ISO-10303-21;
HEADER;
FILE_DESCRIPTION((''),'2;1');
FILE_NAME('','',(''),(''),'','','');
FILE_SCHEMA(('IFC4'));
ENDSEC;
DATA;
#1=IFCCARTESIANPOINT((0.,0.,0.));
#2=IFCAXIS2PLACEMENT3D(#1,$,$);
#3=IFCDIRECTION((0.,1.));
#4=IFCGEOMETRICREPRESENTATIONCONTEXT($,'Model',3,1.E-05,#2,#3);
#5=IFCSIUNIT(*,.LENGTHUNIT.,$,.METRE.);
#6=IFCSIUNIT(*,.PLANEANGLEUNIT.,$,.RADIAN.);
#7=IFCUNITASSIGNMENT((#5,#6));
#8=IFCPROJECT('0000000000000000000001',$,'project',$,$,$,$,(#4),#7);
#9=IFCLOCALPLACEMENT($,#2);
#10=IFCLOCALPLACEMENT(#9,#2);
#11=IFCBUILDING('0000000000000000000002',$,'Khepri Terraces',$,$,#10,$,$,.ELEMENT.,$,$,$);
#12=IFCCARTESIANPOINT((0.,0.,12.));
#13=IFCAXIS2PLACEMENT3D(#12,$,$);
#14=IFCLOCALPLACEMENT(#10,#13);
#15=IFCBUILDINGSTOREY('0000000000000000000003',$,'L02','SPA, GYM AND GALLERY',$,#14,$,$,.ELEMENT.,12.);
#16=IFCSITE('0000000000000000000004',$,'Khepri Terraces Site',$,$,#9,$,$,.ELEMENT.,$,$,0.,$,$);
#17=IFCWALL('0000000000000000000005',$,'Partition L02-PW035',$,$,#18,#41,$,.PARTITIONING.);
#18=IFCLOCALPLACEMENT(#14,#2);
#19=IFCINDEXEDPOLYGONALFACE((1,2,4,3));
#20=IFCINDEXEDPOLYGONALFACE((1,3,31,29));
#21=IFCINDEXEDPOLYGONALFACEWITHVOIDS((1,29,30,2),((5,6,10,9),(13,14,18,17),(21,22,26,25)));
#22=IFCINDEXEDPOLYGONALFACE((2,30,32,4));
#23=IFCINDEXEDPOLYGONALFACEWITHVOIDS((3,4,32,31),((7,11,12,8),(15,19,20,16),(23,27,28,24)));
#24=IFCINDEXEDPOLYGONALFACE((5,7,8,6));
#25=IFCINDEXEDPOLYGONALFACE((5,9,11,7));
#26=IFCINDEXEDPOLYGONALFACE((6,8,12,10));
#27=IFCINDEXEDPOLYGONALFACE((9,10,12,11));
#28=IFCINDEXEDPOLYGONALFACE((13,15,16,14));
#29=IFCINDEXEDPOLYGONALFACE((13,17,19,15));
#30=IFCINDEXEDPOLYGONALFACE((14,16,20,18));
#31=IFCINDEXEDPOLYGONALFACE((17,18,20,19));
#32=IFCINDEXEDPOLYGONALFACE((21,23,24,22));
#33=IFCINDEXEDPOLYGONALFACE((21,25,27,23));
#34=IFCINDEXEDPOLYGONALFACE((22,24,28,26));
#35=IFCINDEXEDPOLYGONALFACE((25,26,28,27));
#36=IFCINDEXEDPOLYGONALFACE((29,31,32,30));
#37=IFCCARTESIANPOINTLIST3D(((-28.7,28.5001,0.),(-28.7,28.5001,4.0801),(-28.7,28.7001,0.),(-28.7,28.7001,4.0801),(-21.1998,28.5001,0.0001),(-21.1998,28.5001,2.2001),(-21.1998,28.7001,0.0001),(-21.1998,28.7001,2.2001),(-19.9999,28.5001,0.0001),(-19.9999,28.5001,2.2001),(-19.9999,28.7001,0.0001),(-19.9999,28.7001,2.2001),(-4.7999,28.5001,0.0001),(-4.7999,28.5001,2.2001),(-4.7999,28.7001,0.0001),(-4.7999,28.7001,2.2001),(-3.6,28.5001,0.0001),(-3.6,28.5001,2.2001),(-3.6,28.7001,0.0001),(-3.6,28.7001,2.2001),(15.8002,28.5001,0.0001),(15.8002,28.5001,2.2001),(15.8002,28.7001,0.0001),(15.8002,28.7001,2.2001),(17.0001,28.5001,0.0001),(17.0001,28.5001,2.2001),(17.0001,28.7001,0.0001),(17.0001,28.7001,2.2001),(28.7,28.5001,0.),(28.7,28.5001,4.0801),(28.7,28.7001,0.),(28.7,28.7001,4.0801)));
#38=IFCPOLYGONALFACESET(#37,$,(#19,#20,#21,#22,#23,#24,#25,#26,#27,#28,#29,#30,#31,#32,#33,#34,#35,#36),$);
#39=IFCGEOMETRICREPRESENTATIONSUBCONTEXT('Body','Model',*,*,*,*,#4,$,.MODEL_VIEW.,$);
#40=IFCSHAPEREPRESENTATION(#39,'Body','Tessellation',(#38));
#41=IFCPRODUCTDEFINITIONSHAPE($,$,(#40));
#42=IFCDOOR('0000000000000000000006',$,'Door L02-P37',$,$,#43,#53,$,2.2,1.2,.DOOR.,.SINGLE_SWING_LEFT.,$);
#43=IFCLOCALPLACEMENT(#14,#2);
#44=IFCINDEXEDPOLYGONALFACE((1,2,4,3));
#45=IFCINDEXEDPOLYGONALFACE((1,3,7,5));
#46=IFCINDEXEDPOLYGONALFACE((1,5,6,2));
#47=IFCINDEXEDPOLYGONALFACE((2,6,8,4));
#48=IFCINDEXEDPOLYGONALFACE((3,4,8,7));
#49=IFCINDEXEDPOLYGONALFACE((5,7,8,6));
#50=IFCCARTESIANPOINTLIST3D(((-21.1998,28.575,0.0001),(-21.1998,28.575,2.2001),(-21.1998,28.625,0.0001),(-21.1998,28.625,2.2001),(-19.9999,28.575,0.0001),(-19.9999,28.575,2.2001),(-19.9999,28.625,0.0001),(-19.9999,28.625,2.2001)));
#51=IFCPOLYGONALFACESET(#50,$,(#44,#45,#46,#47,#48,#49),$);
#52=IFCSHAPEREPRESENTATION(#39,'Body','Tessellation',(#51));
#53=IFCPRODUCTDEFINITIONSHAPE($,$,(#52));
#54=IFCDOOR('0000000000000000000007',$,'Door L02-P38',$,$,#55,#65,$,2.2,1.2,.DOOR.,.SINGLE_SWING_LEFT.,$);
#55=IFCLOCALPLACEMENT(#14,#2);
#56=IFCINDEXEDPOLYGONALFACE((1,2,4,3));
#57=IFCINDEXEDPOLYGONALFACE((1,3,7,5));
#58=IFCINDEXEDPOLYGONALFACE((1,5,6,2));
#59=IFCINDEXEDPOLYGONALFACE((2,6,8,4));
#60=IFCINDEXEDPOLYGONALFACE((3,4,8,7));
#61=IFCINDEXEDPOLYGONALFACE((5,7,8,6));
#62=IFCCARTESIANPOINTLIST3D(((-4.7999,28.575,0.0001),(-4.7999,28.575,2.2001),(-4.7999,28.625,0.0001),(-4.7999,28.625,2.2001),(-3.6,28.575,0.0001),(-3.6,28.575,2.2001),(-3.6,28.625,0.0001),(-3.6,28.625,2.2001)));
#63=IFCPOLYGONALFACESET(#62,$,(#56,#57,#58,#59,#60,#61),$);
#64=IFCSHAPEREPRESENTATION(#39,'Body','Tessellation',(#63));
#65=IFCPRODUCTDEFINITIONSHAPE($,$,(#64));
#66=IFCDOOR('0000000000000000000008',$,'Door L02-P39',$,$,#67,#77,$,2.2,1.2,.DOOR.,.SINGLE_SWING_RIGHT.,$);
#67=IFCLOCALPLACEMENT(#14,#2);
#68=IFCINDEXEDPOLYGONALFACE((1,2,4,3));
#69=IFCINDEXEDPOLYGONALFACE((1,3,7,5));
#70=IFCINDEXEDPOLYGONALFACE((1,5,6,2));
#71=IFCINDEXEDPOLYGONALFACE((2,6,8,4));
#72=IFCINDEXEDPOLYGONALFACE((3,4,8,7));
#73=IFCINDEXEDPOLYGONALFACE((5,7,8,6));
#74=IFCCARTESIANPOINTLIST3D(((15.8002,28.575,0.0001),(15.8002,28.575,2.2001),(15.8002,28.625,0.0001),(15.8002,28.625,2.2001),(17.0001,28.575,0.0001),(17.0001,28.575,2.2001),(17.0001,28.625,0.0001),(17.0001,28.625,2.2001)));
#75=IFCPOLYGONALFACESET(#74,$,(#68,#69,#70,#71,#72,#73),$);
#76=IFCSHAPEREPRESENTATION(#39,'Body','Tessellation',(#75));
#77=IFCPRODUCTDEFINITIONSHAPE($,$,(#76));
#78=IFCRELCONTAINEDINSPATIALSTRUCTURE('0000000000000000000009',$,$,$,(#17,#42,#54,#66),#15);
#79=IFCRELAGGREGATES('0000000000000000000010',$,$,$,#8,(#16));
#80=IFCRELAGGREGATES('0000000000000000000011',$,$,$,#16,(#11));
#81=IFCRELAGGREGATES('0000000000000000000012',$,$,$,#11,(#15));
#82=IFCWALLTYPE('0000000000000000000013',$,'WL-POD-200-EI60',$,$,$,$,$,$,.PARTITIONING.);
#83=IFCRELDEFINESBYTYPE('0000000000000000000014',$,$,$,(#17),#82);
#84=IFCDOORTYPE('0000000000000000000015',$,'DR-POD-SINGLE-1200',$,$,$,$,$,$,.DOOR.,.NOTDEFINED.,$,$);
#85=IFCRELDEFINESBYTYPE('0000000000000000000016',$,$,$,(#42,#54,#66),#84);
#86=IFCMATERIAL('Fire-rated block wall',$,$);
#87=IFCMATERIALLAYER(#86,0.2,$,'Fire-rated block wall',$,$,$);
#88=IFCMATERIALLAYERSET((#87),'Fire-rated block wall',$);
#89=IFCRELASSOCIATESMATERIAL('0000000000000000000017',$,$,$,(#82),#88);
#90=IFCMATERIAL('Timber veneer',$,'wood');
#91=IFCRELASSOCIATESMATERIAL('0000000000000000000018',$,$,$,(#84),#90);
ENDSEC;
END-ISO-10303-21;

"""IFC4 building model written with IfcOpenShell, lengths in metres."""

from ifc_helpers import new_model, si_unit, direction, frame, frame_2d, origin, place, context, subcontext, project, spatial, rectangle, extrude, material, layer, layer_set, type_object, element, fill, save


model = new_model("IFC4")

# Units and contexts
model_context = context("Model", 3, precision=1e-05, world=origin(), true_north=direction((0.0, 1.0)))
body_context = subcontext(model_context, "Body", "Model", "MODEL_VIEW")
ifc_project = project(units=[si_unit("LENGTHUNIT", "METRE"), si_unit("PLANEANGLEUNIT", "RADIAN")], contexts=[model_context])

# Site, building, storey
site_placement = place(None, origin())
site = spatial("IfcSite", under=ifc_project, at=site_placement, Name="Khepri Terraces Site", CompositionType="ELEMENT", RefElevation=0.0)
building_placement = place(site_placement, origin())
building = spatial("IfcBuilding", under=site, at=building_placement, Name="Khepri Terraces", CompositionType="ELEMENT")
storey_placement = place(building_placement, frame((0.0, 0.0, 12.0)))
storey = spatial("IfcBuildingStorey", under=building, at=storey_placement, Name="L02", Description="SPA, GYM AND GALLERY", CompositionType="ELEMENT", Elevation=12.0)

# Wall, openings, doors
ifc_material_1 = material(Name="Fire-rated block wall")
ifc_layer_1 = layer(ifc_material_1, 0.2, Name="Fire-rated block wall")
ifc_layer_set_1 = layer_set([ifc_layer_1], Name="Fire-rated block wall")
wall_type_1 = type_object("IfcWallType", Name="WL-POD-200-EI60", PredefinedType="PARTITIONING", material=ifc_layer_set_1)
wall_1_placement = place(storey_placement, frame((-28.7, 28.6001, 0.0), z_axis=(0.0, 0.0, 1.0), x_axis=(1.0, 0.0, 0.0)))
wall_1 = element("IfcWall", 1, at=wall_1_placement, inside=storey, type_object=wall_type_1, Name="Partition L02-PW035", PredefinedType="PARTITIONING", context=body_context, shape_type="SweptSolid", body=[
    extrude(rectangle(XDim=57.3999, YDim=0.2, at=frame_2d((28.7, 0.0))), origin(), (0.0, 0.0, 1.0), 4.0801),
])
opening_1_placement = place(wall_1_placement, frame((7.5, 0.0, 0.0)))
opening_1 = element("IfcOpeningElement", 2, at=opening_1_placement, cuts=wall_1, PredefinedType="OPENING", context=body_context, shape_type="SweptSolid", body=[
    extrude(rectangle(XDim=1.2, YDim=2.2, at=frame_2d((0.6001, 1.1001))), frame((0.0, 0.1099, 0.0), z_axis=(0.0, -1.0, 0.0), x_axis=(1.0, 0.0, 0.0)), (0.0, 0.0, 1.0), 0.22),
])
opening_2_placement = place(wall_1_placement, frame((23.8999, 0.0, 0.0)))
opening_2 = element("IfcOpeningElement", 3, at=opening_2_placement, cuts=wall_1, PredefinedType="OPENING", context=body_context, shape_type="SweptSolid", body=[
    extrude(rectangle(XDim=1.2, YDim=2.2, at=frame_2d((0.6001, 1.1001))), frame((0.0, 0.1099, 0.0), z_axis=(0.0, -1.0, 0.0), x_axis=(1.0, 0.0, 0.0)), (0.0, 0.0, 1.0), 0.22),
])
opening_3_placement = place(wall_1_placement, frame((44.5, 0.0, 0.0)))
opening_3 = element("IfcOpeningElement", 4, at=opening_3_placement, cuts=wall_1, PredefinedType="OPENING", context=body_context, shape_type="SweptSolid", body=[
    extrude(rectangle(XDim=1.2, YDim=2.2, at=frame_2d((0.6001, 1.1001))), frame((0.0, 0.1099, 0.0), z_axis=(0.0, -1.0, 0.0), x_axis=(1.0, 0.0, 0.0)), (0.0, 0.0, 1.0), 0.22),
])
ifc_material_2 = material(Name="Timber veneer", Category="wood")
door_type = type_object("IfcDoorType", Name="DR-POD-SINGLE-1200", OperationType="NOTDEFINED", PredefinedType="DOOR", material=ifc_material_2)
door_1_placement = place(opening_1_placement, origin())
door_1 = element("IfcDoor", 5, at=door_1_placement, inside=storey, type_object=door_type, Name="Door L02-P37", OperationType="SINGLE_SWING_LEFT", OverallHeight=2.2, OverallWidth=1.2, PredefinedType="DOOR", context=body_context, shape_type="SweptSolid", body=[
    extrude(rectangle(XDim=1.2, YDim=2.2, at=frame_2d((0.6001, 1.1001))), frame((0.0, 0.0249, 0.0), z_axis=(0.0, -1.0, 0.0), x_axis=(1.0, 0.0, 0.0)), (0.0, 0.0, 1.0), 0.05),
])
fill(opening_1, door_1)
door_2_placement = place(opening_2_placement, origin())
door_2 = element("IfcDoor", 6, at=door_2_placement, inside=storey, type_object=door_type, Name="Door L02-P38", OperationType="SINGLE_SWING_LEFT", OverallHeight=2.2, OverallWidth=1.2, PredefinedType="DOOR", context=body_context, shape_type="SweptSolid", body=[
    extrude(rectangle(XDim=1.2, YDim=2.2, at=frame_2d((0.6001, 1.1001))), frame((0.0, 0.0249, 0.0), z_axis=(0.0, -1.0, 0.0), x_axis=(1.0, 0.0, 0.0)), (0.0, 0.0, 1.0), 0.05),
])
fill(opening_2, door_2)
door_3_placement = place(opening_3_placement, origin())
door_3 = element("IfcDoor", 7, at=door_3_placement, inside=storey, type_object=door_type, Name="Door L02-P39", OperationType="SINGLE_SWING_RIGHT", OverallHeight=2.2, OverallWidth=1.2, PredefinedType="DOOR", context=body_context, shape_type="SweptSolid", body=[
    extrude(rectangle(XDim=1.2, YDim=2.2, at=frame_2d((0.6001, 1.1001))), frame((0.0, 0.0249, 0.0), z_axis=(0.0, -1.0, 0.0), x_axis=(1.0, 0.0, 0.0)), (0.0, 0.0, 1.0), 0.05),
])
fill(opening_3, door_3)

save(model, "model.ifc")
